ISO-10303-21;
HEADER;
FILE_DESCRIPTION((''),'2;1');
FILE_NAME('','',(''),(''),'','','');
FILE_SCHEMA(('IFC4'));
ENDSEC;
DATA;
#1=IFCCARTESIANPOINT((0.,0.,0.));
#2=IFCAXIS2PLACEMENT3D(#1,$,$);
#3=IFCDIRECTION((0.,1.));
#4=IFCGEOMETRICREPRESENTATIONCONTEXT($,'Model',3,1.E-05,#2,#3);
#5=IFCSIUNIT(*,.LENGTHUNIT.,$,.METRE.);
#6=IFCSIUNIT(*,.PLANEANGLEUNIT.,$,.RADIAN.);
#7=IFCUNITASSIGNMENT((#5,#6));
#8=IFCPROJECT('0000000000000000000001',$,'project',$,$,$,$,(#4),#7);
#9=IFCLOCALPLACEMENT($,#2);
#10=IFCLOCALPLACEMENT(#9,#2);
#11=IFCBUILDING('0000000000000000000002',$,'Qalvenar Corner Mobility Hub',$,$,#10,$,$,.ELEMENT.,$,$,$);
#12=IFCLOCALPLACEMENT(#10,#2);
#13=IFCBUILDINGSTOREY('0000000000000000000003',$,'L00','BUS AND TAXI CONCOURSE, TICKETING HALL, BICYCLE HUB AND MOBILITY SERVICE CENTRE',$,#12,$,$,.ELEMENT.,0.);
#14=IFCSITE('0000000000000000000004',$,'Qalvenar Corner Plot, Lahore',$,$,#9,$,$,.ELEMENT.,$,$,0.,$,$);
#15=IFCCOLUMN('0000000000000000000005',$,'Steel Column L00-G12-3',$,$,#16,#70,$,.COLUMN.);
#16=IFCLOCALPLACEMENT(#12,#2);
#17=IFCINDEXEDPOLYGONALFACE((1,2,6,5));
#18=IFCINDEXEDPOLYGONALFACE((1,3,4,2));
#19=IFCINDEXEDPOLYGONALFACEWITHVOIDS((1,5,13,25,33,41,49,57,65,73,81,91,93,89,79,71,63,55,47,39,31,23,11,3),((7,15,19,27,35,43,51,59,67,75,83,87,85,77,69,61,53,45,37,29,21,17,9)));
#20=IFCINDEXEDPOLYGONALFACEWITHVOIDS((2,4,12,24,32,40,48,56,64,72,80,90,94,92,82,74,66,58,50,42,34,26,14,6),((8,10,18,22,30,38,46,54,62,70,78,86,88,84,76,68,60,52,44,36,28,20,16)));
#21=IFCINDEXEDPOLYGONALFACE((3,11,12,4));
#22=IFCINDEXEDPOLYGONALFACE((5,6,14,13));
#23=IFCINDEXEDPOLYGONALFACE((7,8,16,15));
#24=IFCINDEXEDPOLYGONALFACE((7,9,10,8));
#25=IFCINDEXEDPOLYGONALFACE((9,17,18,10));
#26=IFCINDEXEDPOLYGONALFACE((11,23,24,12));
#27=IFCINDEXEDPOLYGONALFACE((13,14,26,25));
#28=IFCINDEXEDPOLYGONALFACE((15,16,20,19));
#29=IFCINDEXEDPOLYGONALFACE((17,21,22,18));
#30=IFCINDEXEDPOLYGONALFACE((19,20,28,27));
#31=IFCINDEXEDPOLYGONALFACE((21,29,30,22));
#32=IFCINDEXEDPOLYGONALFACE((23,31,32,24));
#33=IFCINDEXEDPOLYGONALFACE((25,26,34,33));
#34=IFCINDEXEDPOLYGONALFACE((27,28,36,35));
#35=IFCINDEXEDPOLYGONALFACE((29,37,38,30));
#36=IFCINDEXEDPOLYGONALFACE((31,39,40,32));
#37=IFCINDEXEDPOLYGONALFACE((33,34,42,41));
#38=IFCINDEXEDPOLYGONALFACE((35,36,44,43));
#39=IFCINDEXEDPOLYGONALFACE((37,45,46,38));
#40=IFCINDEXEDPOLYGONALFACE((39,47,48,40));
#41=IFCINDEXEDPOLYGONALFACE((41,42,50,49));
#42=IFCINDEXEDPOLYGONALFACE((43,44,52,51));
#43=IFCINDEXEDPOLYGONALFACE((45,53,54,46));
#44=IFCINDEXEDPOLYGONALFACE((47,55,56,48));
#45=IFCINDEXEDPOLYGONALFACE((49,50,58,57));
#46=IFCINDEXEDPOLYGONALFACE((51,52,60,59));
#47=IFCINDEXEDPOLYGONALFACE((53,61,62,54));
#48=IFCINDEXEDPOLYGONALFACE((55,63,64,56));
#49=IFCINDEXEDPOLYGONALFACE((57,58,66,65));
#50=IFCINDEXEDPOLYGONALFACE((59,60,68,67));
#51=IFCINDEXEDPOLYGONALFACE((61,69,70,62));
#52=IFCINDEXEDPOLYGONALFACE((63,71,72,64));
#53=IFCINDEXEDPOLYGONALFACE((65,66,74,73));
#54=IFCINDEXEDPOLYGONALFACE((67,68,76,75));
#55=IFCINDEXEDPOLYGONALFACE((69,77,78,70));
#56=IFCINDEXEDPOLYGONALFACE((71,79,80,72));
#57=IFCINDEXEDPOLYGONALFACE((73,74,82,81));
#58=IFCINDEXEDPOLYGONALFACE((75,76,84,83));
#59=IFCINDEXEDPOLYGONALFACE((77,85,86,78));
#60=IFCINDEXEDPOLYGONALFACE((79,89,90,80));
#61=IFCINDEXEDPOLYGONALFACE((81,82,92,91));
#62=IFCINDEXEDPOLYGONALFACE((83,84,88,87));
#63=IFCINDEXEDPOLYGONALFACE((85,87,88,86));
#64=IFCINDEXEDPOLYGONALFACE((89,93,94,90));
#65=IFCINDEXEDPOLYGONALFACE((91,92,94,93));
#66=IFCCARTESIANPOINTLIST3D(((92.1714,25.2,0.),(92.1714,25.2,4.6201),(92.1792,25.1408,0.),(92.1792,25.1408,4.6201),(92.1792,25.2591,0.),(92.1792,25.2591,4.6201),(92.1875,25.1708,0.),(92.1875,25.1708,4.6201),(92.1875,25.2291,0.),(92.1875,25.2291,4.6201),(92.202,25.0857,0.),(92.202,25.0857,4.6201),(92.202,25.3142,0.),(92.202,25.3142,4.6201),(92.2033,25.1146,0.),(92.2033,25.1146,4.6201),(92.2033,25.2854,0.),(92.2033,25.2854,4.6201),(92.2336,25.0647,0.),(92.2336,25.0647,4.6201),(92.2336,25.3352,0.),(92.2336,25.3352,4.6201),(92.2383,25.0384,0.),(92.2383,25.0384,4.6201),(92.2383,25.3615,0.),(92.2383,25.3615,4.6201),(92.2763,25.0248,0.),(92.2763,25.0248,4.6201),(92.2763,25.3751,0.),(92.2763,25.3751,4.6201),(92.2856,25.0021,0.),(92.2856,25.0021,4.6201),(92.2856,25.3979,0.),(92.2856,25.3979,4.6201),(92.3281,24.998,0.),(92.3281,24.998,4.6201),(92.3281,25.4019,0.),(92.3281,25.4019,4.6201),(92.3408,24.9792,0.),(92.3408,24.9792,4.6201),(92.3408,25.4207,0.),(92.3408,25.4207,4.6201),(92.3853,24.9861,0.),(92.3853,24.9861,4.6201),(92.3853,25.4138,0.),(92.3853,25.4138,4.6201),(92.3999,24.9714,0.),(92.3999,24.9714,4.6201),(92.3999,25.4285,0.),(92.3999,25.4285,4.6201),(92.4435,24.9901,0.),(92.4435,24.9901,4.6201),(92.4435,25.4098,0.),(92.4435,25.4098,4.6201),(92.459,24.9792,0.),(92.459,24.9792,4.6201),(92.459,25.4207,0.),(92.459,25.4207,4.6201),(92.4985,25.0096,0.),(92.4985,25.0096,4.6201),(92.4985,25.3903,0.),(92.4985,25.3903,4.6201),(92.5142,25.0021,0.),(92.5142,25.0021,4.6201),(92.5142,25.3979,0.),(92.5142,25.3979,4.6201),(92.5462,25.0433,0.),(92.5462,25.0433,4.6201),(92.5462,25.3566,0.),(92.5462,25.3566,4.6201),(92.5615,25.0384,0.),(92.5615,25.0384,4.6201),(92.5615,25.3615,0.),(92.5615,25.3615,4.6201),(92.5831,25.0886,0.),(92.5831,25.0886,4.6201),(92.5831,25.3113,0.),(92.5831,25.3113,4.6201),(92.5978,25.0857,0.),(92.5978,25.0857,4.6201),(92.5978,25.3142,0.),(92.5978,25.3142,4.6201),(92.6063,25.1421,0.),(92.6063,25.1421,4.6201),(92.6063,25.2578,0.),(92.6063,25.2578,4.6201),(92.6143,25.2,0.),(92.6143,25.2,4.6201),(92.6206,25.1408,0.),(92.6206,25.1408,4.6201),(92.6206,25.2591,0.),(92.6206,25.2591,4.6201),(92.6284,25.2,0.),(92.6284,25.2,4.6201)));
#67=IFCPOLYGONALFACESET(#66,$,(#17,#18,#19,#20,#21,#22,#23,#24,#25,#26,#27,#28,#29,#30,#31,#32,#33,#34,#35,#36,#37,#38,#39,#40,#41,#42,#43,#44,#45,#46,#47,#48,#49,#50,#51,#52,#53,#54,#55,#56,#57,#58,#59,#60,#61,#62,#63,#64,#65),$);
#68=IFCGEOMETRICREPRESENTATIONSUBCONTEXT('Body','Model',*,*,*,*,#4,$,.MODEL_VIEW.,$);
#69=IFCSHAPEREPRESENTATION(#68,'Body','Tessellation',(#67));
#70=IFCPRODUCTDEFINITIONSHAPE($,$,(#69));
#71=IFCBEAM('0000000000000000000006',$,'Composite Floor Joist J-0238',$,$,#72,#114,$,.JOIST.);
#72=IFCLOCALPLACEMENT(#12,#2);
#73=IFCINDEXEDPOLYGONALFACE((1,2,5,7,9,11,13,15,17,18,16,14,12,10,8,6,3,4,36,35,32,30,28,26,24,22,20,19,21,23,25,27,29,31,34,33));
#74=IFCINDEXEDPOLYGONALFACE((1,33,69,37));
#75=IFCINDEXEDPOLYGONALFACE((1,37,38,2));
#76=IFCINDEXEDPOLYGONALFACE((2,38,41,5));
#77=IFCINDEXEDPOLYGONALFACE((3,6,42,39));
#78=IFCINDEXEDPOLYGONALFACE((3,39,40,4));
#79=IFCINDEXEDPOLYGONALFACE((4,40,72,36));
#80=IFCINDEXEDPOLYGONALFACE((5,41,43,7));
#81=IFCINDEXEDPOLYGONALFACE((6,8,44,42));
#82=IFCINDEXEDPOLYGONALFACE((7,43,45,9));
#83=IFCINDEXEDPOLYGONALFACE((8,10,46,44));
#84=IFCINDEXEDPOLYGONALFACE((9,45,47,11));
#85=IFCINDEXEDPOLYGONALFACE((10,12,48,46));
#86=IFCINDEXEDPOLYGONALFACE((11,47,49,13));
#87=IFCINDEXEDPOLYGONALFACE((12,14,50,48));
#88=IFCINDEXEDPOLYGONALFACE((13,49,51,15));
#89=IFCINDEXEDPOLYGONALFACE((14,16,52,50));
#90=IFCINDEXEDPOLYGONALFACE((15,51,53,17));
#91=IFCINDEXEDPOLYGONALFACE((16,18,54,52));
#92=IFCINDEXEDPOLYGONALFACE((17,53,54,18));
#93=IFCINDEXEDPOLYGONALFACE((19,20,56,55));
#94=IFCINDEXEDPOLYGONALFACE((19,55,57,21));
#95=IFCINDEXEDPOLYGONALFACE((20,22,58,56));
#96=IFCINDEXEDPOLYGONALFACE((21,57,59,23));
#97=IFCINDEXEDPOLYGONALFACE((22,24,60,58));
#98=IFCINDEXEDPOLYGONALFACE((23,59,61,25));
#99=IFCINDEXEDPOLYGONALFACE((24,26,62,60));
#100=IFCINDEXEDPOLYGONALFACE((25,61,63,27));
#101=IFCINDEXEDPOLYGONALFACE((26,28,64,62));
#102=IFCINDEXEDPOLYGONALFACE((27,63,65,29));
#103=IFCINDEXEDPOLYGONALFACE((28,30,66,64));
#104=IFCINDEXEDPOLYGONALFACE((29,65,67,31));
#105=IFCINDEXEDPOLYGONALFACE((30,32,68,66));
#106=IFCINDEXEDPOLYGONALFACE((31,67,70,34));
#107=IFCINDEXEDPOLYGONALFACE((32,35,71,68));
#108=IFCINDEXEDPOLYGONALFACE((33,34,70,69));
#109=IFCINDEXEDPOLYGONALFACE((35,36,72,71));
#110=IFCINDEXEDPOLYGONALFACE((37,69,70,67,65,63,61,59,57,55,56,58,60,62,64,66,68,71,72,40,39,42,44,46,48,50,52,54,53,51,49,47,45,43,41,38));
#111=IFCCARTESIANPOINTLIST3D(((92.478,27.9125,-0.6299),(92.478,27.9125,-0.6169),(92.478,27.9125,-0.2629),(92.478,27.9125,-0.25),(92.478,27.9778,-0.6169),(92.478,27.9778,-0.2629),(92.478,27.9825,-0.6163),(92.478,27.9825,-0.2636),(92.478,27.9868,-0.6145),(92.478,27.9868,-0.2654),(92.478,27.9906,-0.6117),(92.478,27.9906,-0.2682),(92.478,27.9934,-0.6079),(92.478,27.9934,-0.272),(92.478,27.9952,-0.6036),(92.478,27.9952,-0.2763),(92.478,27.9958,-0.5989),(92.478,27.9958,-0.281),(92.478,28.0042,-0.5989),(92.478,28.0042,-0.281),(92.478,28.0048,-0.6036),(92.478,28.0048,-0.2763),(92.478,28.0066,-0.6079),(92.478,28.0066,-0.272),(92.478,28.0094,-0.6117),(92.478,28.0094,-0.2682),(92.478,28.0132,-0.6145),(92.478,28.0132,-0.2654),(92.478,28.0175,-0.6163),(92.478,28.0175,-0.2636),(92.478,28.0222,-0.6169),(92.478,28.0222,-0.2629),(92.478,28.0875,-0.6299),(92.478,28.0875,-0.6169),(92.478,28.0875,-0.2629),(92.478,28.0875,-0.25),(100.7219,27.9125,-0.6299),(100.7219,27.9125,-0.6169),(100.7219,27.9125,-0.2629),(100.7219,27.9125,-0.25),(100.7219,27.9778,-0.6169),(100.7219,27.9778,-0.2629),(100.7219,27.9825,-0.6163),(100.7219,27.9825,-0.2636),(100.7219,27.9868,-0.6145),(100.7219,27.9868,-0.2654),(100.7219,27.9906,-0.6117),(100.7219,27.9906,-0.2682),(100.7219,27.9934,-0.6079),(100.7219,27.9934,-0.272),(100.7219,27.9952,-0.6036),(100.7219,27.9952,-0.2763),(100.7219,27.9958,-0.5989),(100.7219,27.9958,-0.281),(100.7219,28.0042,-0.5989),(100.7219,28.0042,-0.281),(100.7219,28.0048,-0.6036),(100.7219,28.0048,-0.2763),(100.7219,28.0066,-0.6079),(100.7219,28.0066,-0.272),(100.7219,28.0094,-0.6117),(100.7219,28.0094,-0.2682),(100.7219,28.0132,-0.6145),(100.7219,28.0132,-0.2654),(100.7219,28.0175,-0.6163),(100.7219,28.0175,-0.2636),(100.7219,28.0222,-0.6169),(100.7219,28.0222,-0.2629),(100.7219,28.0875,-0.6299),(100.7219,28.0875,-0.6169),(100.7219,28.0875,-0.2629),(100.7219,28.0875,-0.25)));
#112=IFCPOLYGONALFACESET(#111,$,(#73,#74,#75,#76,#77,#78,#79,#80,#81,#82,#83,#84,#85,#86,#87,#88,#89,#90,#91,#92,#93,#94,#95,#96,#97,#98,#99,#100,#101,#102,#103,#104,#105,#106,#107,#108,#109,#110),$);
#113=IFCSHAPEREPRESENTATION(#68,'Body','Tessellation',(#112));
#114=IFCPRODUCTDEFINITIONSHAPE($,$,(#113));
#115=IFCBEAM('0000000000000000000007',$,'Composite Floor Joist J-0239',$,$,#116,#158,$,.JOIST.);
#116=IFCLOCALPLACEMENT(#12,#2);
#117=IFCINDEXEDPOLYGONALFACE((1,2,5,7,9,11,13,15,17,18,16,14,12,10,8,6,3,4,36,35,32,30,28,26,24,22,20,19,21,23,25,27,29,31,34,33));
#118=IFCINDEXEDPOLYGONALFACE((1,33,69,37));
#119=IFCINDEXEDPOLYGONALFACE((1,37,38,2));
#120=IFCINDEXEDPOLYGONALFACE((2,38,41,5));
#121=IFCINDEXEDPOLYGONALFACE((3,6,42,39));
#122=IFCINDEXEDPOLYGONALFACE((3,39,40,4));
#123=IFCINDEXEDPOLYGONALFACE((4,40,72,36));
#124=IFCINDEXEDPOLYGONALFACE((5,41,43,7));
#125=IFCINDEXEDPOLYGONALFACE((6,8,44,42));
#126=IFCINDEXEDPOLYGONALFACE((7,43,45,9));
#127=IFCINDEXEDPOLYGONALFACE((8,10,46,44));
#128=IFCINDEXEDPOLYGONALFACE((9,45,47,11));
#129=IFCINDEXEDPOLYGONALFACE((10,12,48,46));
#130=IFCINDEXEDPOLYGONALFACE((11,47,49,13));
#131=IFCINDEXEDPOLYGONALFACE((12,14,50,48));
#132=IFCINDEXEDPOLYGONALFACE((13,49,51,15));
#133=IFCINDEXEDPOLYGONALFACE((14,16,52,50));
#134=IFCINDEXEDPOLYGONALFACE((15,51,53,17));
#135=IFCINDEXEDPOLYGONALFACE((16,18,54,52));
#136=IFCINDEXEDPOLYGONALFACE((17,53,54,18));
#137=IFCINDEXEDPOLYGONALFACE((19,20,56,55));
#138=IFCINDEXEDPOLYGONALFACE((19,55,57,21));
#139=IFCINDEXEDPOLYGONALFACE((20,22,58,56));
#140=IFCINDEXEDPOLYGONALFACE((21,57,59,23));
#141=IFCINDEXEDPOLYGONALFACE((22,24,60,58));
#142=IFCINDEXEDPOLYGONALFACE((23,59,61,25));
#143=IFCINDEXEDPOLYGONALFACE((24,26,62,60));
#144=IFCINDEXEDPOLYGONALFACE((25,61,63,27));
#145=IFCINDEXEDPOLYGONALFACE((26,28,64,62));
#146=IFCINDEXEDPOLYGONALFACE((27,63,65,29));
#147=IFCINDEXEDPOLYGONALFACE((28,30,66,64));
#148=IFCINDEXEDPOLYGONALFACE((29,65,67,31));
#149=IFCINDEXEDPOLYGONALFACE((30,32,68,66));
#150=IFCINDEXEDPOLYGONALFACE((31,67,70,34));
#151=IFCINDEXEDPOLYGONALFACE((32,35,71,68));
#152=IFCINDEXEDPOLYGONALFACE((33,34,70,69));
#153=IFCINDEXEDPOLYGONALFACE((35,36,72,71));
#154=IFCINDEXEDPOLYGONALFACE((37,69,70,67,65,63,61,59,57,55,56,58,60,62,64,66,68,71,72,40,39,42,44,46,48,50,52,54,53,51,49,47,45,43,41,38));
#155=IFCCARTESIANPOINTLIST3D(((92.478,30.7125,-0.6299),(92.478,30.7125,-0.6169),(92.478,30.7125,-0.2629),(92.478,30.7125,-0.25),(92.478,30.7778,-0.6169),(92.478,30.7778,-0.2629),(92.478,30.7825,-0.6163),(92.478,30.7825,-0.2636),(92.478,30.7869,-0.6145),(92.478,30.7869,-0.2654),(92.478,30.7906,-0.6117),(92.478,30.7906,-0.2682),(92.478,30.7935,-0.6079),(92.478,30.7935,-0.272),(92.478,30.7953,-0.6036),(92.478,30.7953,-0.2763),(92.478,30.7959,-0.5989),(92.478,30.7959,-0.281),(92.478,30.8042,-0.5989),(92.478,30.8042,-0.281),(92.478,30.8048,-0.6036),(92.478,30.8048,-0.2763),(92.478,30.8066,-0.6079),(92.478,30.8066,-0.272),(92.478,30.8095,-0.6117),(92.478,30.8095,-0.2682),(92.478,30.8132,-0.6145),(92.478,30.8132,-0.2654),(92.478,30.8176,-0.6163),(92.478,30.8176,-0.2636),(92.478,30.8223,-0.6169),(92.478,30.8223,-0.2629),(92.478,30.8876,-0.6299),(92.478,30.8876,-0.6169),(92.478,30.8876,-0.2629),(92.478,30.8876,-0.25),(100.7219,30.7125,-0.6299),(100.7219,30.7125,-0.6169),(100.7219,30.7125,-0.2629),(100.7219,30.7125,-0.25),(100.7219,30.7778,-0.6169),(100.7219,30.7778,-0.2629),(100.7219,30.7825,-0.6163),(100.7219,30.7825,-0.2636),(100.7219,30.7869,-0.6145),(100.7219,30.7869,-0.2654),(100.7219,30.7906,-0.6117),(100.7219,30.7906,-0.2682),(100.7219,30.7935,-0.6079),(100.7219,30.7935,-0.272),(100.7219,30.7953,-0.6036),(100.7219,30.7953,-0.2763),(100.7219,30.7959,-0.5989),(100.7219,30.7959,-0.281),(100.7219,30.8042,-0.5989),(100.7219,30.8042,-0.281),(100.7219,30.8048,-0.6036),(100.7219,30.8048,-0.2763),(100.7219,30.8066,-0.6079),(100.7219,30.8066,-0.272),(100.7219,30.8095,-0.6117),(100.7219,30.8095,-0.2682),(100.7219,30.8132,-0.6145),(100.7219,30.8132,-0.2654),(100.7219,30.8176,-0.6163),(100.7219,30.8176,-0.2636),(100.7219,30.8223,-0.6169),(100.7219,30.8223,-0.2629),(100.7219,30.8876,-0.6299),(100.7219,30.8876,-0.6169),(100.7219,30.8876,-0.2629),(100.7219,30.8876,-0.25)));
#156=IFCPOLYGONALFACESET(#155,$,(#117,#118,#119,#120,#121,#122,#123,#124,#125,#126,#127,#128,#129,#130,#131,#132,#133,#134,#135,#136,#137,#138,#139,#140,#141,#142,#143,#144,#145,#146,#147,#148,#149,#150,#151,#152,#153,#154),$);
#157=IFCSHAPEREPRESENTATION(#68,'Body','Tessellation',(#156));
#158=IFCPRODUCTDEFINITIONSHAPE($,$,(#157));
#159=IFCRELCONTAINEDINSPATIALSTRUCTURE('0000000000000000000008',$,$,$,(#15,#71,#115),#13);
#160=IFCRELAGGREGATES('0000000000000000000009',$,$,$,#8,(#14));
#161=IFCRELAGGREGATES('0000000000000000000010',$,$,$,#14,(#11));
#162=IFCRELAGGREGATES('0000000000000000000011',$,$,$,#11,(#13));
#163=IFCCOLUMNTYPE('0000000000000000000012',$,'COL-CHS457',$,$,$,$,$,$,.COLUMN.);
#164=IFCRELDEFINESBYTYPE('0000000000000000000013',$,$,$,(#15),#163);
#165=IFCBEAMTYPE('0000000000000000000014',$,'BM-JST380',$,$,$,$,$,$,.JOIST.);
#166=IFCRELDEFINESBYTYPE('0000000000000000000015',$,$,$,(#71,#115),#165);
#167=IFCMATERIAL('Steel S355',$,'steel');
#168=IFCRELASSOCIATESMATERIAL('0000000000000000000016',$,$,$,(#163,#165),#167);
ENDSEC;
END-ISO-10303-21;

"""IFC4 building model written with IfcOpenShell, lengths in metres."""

from ifc_helpers import new_model, si_unit, direction, frame, origin, origin_2d, place, context, subcontext, project, spatial, hollow_circle, i_section, extrude, material, material_profile, profile_set, type_object, element, save


model = new_model("IFC4")

# Units and contexts
model_context = context("Model", 3, precision=1e-05, world=origin(), true_north=direction((0.0, 1.0)))
body_context = subcontext(model_context, "Body", "Model", "MODEL_VIEW")
ifc_project = project(units=[si_unit("LENGTHUNIT", "METRE"), si_unit("PLANEANGLEUNIT", "RADIAN")], contexts=[model_context])

# Site, building, storey
site_placement = place(None, origin())
site = spatial("IfcSite", under=ifc_project, at=site_placement, Name="Qalvenar Corner Plot, Lahore", CompositionType="ELEMENT", RefElevation=0.0)
building_placement = place(site_placement, origin())
building = spatial("IfcBuilding", under=site, at=building_placement, Name="Qalvenar Corner Mobility Hub", CompositionType="ELEMENT")
storey_placement = place(building_placement, origin())
storey = spatial("IfcBuildingStorey", under=building, at=storey_placement, Name="L00", Description="BUS AND TAXI CONCOURSE, TICKETING HALL, BICYCLE HUB AND MOBILITY SERVICE CENTRE", CompositionType="ELEMENT", Elevation=0.0)

# Column
ifc_material_1 = material(Name="Steel S355", Category="steel")
ifc_material_profile_1 = material_profile(ifc_material_1, hollow_circle(Radius=0.2285, WallThickness=0.0142, at=origin_2d()), Name="CHS457x14.2")
ifc_profile_set_1 = profile_set([ifc_material_profile_1], Name="Steel S355")
column_type = type_object("IfcColumnType", Name="COL-CHS457", PredefinedType="COLUMN", material=ifc_profile_set_1)
column_placement = place(storey_placement, frame((92.3999, 25.2, 0.0), z_axis=(0.0, 0.0, 1.0), x_axis=(1.0, 0.0, 0.0)))
element("IfcColumn", 1, at=column_placement, inside=storey, type_object=column_type, Name="Steel Column L00-G12-3", PredefinedType="COLUMN", context=body_context, shape_type="SweptSolid", body=[
    extrude(hollow_circle(Radius=0.2285, WallThickness=0.0142, at=origin_2d()), origin(), (0.0, 0.0, 1.0), 4.6201),
])

# Beams
ifc_material_profile_2 = material_profile(ifc_material_1, i_section(OverallWidth=0.175, OverallDepth=0.3799, WebThickness=0.0083, FlangeThickness=0.0129, FilletRadius=0.0181, at=origin_2d()), Name="IPE380-EQ")
ifc_profile_set_2 = profile_set([ifc_material_profile_2], Name="Steel S355")
beam_type_1 = type_object("IfcBeamType", Name="BM-JST380", PredefinedType="JOIST", material=ifc_profile_set_2)
for number, where, z_axis, x_axis, name in (
    (2, (92.478, 28.0, -0.4399), (1.0, 0.0, 0.0), (0.0, 1.0, 0.0), "Composite Floor Joist J-0238"),
    (3, (92.478, 30.8, -0.4399), (1.0, 0.0, 0.0), (0.0, 1.0, 0.0), "Composite Floor Joist J-0239"),
):
    element("IfcBeam", number, at=place(storey_placement, frame(where, z_axis=z_axis, x_axis=x_axis)), inside=storey, type_object=beam_type_1, Name=name, PredefinedType="JOIST", context=body_context, shape_type="SweptSolid", body=[
        extrude(i_section(OverallWidth=0.175, OverallDepth=0.3799, WebThickness=0.0083, FlangeThickness=0.0129, FilletRadius=0.0181, at=origin_2d()), origin(), (0.0, 0.0, 1.0), 8.2439),
    ])

save(model, "model.ifc")
